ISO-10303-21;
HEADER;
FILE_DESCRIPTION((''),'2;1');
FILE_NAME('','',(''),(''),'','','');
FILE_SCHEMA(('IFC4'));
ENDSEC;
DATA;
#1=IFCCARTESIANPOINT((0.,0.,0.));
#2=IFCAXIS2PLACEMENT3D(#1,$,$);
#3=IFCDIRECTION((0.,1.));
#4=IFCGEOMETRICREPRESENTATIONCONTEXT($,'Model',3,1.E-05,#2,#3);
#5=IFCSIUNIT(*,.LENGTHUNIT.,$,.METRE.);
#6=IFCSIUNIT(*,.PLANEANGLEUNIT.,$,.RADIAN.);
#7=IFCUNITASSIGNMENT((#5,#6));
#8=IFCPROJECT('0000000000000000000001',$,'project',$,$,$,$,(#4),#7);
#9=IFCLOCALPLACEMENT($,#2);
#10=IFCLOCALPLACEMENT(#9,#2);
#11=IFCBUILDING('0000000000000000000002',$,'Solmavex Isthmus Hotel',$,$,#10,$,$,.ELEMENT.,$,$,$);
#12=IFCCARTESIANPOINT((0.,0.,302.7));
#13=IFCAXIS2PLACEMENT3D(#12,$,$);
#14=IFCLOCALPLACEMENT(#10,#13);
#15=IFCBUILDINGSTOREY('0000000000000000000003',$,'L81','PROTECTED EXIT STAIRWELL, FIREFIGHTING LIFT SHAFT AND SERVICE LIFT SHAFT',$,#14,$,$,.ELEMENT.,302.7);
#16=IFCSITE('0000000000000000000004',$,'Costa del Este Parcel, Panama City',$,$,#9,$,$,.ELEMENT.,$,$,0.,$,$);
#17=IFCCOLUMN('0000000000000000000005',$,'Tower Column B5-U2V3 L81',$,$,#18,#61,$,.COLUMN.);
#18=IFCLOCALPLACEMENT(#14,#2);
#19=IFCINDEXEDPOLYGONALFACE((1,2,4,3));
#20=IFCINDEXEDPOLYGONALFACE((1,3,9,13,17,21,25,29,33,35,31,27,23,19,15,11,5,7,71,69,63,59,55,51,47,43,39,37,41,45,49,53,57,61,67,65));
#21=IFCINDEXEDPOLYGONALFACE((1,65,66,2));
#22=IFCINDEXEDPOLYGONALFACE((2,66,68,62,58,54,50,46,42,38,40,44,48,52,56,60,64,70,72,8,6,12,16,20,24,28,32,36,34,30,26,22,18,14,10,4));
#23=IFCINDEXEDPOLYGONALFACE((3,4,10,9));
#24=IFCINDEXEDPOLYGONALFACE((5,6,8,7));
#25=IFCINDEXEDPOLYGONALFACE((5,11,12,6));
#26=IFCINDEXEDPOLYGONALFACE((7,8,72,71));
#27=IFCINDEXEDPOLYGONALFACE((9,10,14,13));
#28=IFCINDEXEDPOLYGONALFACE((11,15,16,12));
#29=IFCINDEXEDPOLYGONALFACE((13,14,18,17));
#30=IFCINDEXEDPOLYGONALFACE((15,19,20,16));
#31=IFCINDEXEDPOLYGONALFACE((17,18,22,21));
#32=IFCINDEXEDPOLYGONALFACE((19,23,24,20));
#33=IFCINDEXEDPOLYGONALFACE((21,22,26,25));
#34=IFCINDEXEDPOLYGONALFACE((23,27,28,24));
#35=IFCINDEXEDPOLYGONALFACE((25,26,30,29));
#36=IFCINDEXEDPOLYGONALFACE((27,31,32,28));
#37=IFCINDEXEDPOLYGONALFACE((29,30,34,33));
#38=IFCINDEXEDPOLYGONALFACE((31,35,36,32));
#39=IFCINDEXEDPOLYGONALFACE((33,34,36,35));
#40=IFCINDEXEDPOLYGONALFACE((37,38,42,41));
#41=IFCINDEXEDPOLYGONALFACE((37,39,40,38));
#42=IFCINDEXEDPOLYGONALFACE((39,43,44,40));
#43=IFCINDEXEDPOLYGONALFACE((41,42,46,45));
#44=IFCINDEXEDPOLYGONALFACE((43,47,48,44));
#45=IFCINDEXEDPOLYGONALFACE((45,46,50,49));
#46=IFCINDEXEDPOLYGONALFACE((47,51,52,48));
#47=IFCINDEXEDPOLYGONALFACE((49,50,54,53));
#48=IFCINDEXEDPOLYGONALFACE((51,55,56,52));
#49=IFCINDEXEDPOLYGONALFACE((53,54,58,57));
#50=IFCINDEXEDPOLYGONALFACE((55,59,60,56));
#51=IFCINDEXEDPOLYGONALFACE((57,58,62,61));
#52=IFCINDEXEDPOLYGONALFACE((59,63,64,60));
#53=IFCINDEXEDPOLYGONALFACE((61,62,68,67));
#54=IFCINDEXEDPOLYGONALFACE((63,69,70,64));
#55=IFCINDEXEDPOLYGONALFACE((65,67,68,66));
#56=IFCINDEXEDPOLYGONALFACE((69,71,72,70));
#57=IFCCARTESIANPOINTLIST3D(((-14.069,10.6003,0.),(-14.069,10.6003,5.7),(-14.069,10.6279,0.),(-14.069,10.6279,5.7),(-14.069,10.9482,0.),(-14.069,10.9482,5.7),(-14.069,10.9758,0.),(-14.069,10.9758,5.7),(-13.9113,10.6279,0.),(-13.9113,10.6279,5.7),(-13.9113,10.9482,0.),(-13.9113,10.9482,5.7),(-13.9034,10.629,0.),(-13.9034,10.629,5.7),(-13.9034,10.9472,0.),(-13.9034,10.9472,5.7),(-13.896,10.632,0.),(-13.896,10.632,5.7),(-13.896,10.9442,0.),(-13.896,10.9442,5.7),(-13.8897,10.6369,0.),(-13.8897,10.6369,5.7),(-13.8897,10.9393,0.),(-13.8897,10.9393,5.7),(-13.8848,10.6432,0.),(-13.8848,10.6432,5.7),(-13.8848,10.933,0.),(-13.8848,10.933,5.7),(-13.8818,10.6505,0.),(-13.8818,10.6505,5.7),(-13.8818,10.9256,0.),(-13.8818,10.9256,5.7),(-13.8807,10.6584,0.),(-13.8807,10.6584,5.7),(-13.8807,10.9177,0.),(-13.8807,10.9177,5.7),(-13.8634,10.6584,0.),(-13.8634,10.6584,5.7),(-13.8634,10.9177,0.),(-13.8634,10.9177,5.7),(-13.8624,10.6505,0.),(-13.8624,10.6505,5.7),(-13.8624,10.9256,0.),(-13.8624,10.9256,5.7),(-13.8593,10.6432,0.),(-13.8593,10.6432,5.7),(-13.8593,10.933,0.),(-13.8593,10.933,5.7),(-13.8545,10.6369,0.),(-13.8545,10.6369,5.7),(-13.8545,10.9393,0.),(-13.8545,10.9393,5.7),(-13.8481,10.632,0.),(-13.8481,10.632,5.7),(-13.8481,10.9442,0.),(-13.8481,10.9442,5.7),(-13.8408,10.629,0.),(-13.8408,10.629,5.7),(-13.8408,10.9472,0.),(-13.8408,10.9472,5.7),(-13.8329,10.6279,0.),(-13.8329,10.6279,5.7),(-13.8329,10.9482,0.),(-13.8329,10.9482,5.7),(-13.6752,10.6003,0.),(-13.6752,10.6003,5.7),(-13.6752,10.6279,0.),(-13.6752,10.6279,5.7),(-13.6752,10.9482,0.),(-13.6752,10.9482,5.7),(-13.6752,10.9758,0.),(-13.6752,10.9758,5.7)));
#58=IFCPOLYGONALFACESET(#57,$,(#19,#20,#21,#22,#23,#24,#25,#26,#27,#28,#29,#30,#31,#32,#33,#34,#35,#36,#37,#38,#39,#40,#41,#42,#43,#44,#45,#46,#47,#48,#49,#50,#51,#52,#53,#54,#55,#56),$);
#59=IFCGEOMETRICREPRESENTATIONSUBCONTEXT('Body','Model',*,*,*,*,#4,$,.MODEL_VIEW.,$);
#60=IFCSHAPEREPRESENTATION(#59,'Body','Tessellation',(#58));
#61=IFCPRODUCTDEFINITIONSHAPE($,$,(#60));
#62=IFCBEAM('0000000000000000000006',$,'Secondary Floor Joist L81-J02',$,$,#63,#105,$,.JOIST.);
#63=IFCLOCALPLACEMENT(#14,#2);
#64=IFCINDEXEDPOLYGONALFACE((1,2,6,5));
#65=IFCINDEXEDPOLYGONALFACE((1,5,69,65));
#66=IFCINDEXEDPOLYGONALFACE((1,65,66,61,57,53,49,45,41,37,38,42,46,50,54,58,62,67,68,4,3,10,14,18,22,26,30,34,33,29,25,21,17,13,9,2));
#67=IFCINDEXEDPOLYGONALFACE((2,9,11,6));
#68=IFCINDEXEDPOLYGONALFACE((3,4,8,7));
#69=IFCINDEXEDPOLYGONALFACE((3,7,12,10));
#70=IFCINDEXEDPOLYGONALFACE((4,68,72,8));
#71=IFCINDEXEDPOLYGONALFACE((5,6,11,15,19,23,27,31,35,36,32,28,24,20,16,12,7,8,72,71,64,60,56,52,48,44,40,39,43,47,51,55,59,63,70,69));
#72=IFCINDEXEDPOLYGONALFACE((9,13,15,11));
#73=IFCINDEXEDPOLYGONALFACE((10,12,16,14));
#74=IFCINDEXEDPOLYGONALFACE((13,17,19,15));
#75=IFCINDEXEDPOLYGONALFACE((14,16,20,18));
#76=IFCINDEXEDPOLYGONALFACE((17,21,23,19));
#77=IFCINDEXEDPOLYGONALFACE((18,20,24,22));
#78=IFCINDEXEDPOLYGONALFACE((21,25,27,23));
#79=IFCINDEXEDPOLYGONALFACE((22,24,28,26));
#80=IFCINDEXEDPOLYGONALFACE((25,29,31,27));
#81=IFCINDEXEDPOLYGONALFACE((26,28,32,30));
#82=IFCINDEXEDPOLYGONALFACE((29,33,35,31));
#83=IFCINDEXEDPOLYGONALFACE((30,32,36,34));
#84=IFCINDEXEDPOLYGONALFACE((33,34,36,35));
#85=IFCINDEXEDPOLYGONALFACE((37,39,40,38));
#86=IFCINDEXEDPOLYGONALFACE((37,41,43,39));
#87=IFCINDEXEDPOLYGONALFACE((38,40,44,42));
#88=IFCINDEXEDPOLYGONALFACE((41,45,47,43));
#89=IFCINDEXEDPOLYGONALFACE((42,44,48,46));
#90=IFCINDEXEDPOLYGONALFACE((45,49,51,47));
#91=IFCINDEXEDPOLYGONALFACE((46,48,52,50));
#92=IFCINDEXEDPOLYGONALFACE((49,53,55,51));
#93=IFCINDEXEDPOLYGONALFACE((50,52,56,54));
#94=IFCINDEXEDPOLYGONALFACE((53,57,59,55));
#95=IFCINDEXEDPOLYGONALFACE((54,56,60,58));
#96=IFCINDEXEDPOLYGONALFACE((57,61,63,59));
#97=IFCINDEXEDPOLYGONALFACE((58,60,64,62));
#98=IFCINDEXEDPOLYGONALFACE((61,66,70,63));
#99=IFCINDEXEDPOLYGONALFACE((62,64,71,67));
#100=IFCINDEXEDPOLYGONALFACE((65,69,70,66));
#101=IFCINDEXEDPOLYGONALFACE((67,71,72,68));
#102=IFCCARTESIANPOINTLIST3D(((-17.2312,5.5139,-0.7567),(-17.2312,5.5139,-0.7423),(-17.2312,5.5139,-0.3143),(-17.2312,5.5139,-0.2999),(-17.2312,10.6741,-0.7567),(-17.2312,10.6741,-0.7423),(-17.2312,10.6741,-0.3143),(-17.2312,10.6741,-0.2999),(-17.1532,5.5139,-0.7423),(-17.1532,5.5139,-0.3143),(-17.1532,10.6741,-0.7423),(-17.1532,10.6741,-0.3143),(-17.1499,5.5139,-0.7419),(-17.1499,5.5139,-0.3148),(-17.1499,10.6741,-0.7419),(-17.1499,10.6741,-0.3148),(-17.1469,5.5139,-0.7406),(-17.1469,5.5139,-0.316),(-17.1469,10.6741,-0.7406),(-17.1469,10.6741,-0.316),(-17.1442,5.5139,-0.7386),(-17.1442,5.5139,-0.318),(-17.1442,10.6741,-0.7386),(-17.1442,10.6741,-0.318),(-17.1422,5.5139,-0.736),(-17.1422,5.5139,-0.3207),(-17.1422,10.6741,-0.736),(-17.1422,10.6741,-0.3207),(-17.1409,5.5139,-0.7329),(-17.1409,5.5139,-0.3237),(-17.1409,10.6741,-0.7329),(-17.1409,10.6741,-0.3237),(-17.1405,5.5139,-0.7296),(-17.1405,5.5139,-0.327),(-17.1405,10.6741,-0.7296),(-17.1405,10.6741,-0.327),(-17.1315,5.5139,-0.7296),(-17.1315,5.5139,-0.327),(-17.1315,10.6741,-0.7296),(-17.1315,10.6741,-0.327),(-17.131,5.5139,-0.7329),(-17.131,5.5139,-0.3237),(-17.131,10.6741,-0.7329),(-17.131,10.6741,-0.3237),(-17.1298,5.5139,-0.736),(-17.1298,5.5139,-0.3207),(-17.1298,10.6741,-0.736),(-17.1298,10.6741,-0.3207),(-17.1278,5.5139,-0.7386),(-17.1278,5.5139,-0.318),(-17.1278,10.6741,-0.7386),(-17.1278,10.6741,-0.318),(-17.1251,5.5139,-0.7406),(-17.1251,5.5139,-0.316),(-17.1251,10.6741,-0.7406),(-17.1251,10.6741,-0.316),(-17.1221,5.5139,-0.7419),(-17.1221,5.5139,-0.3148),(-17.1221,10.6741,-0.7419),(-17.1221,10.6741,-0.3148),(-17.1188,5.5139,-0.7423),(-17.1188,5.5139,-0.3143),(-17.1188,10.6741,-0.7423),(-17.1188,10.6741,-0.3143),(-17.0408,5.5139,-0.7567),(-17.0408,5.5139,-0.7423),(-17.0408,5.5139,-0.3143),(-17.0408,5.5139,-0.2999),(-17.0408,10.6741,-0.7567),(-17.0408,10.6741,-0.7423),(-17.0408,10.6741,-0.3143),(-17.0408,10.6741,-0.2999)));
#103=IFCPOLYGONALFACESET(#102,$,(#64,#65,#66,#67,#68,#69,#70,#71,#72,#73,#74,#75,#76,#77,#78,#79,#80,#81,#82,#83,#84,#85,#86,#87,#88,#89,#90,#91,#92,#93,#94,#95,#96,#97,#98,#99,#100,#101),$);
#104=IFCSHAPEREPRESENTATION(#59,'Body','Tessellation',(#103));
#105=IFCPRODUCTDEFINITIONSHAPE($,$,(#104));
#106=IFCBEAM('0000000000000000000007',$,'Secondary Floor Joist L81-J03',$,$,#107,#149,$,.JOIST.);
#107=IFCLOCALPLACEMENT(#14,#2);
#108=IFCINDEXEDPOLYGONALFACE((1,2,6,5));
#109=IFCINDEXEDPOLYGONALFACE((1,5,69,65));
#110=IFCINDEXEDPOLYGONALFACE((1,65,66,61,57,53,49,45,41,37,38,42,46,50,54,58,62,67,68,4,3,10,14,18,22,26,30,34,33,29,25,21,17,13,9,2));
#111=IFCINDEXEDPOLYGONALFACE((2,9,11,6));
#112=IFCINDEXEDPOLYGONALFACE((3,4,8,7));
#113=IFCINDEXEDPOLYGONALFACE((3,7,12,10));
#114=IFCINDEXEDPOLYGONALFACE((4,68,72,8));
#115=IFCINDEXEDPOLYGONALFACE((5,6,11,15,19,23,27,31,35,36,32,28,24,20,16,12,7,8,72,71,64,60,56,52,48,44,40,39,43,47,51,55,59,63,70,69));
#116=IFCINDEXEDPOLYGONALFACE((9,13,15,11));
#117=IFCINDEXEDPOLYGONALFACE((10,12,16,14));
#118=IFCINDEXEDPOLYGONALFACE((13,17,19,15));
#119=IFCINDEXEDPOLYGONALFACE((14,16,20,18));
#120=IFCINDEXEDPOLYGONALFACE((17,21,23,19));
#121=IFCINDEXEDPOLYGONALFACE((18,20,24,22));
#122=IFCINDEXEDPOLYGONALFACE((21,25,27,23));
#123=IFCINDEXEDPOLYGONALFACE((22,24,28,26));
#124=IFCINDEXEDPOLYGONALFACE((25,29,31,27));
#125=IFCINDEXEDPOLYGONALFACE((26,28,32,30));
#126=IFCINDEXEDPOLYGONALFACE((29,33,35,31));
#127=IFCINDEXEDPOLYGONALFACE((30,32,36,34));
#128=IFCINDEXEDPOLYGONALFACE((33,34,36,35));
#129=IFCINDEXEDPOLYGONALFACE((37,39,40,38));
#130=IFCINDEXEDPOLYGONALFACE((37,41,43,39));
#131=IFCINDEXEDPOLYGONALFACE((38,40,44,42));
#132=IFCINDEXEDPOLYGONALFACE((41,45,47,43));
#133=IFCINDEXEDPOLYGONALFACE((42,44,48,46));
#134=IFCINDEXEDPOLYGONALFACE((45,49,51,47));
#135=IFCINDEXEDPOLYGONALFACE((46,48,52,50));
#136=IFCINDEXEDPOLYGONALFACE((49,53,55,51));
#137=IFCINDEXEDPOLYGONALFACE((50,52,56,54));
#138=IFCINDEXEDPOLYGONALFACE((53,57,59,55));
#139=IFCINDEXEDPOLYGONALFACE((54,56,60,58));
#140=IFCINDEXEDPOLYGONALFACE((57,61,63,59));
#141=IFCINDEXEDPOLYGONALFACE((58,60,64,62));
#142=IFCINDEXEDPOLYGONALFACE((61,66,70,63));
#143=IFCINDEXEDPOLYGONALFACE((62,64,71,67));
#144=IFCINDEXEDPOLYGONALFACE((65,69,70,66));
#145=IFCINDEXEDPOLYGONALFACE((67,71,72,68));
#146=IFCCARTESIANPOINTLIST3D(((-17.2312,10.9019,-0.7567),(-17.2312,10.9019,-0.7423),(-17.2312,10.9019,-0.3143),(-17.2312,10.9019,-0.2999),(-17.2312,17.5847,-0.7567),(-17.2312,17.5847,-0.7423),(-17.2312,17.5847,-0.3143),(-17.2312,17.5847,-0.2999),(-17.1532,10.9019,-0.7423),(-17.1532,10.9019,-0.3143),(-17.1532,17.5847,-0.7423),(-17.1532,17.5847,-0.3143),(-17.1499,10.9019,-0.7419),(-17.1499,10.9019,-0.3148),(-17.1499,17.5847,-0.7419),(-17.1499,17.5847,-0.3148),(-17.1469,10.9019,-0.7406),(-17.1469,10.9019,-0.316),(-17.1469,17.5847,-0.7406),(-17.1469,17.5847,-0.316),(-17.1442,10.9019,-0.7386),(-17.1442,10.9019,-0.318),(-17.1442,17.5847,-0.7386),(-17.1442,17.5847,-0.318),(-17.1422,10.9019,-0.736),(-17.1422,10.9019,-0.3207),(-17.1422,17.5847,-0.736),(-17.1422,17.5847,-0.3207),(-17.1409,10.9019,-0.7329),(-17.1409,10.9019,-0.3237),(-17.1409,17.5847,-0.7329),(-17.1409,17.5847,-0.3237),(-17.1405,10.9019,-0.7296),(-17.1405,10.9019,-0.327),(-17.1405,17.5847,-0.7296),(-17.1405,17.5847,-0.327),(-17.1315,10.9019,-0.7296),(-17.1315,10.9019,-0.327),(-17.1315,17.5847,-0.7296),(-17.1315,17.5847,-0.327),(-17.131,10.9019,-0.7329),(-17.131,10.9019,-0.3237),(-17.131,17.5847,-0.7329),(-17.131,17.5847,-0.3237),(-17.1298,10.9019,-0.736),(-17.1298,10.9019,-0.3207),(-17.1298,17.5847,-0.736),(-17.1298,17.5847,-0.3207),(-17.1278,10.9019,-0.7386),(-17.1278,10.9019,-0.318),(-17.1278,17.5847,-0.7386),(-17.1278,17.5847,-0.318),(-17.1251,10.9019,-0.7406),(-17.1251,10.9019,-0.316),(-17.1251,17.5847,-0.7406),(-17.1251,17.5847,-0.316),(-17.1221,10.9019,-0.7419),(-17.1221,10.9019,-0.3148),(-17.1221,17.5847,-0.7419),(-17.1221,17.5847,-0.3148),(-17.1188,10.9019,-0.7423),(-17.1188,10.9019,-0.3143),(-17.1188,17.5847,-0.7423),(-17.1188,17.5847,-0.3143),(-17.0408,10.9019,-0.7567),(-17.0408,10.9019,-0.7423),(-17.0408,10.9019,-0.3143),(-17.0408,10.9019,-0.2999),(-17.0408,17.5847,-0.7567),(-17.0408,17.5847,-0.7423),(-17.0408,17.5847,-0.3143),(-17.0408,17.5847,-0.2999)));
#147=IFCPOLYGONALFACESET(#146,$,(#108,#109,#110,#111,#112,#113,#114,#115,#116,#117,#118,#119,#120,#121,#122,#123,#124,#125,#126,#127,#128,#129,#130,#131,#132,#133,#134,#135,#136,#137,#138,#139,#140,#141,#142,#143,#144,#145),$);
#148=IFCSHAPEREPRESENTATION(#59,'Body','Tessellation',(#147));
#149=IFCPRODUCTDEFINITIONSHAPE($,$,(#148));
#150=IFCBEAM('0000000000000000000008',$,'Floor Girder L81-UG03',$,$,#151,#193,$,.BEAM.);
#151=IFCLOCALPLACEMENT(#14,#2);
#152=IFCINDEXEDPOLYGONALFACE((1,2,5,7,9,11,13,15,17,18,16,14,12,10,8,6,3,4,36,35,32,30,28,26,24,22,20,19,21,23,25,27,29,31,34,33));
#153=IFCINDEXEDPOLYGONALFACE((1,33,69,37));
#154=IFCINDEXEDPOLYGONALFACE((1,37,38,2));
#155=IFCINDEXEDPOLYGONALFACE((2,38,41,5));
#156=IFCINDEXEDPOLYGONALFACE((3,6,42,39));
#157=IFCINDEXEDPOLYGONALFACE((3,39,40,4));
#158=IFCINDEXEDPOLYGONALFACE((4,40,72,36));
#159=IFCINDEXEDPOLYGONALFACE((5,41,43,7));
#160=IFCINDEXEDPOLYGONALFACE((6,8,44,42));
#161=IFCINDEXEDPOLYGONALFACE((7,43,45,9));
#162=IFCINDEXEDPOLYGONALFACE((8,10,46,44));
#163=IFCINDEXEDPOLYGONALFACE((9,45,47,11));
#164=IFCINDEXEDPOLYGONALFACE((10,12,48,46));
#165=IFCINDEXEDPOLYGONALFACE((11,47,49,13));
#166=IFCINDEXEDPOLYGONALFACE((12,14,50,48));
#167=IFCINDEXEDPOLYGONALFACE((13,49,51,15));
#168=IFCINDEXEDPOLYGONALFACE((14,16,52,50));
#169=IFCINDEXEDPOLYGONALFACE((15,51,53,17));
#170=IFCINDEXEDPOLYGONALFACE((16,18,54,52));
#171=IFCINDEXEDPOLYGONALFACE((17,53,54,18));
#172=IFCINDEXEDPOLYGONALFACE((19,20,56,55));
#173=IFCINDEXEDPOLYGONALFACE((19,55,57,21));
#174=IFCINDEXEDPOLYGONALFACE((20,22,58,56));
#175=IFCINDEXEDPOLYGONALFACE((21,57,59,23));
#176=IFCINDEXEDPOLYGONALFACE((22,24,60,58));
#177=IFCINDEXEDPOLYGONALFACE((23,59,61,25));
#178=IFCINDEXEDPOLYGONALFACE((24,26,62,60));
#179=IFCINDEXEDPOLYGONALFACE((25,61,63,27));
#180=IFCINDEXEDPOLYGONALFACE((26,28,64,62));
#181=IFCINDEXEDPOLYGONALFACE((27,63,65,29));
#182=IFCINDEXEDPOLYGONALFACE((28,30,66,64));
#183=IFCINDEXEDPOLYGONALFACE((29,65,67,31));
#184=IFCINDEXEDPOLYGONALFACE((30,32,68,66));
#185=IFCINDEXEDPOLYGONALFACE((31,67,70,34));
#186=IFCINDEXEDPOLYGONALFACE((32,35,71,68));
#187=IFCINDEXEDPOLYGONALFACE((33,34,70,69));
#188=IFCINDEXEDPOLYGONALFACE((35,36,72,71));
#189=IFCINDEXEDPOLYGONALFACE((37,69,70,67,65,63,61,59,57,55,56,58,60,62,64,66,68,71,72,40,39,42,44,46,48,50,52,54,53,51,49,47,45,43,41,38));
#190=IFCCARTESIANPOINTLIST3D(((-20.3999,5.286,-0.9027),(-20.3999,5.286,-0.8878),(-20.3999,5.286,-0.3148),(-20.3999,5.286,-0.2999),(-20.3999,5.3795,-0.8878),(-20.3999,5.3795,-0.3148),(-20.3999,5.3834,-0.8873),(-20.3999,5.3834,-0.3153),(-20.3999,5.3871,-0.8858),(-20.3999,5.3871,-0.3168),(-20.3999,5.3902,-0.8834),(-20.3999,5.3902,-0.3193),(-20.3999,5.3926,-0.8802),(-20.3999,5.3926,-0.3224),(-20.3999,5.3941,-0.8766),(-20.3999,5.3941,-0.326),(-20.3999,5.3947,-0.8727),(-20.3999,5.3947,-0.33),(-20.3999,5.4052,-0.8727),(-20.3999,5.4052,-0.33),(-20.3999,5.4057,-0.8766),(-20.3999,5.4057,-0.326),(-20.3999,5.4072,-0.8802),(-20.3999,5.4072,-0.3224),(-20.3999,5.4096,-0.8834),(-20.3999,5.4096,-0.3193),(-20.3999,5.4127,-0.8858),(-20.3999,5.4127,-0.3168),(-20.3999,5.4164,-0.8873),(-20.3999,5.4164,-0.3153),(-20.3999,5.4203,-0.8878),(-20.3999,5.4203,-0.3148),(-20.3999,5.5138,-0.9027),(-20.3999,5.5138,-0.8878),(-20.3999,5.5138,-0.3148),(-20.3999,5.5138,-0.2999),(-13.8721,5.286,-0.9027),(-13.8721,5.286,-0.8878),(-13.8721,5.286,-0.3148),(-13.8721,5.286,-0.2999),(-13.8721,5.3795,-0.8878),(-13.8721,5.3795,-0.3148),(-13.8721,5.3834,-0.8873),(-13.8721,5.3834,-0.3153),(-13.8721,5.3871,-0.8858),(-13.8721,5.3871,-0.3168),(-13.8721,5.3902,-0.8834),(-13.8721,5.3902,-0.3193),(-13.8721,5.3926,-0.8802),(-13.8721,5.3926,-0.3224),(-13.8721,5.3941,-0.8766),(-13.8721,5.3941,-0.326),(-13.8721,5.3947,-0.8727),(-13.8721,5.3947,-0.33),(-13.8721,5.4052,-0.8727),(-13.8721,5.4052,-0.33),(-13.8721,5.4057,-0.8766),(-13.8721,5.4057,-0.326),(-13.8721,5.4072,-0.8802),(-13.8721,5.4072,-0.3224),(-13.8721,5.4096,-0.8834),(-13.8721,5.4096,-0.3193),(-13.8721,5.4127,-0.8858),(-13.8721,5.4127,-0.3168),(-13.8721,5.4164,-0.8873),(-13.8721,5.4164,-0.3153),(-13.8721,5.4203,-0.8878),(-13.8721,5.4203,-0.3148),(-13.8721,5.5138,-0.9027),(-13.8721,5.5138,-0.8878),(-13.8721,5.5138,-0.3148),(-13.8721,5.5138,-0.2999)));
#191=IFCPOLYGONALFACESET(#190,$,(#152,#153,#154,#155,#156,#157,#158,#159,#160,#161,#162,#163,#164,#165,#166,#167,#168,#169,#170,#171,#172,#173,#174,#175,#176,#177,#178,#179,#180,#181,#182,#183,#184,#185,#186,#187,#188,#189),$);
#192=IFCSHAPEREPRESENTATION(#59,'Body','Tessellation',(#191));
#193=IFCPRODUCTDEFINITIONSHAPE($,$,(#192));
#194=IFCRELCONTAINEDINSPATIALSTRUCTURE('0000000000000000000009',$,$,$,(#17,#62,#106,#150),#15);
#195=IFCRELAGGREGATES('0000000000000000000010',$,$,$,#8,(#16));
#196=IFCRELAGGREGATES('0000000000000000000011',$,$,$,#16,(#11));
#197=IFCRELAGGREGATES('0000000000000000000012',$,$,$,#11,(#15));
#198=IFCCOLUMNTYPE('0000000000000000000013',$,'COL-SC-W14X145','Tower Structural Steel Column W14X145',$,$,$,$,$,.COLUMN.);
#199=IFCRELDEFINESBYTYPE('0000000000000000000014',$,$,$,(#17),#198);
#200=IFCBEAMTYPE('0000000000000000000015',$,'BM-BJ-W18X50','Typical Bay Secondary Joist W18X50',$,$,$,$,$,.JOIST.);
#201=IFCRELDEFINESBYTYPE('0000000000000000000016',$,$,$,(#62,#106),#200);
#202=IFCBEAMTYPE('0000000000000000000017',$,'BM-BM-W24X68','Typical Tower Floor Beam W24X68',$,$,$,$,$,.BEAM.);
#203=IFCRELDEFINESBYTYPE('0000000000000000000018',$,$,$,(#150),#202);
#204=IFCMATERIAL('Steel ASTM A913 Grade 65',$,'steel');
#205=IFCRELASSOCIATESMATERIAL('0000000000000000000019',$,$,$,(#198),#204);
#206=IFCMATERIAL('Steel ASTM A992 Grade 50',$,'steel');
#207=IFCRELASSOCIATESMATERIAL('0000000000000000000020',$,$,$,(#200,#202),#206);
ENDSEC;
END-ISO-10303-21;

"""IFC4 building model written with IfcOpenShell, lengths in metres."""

from ifc_helpers import new_model, si_unit, direction, frame, origin, origin_2d, place, context, subcontext, project, spatial, i_section, extrude, material, material_profile, profile_set, type_object, element, save


model = new_model("IFC4")

# Units and contexts
model_context = context("Model", 3, precision=1e-05, world=origin(), true_north=direction((0.0, 1.0)))
body_context = subcontext(model_context, "Body", "Model", "MODEL_VIEW")
ifc_project = project(units=[si_unit("LENGTHUNIT", "METRE"), si_unit("PLANEANGLEUNIT", "RADIAN")], contexts=[model_context])

# Site, building, storey
site_placement = place(None, origin())
site = spatial("IfcSite", under=ifc_project, at=site_placement, Name="Costa del Este Parcel, Panama City", CompositionType="ELEMENT", RefElevation=0.0)
building_placement = place(site_placement, origin())
building = spatial("IfcBuilding", under=site, at=building_placement, Name="Solmavex Isthmus Hotel", CompositionType="ELEMENT")
storey_placement = place(building_placement, frame((0.0, 0.0, 302.7)))
storey = spatial("IfcBuildingStorey", under=building, at=storey_placement, Name="L81", Description="PROTECTED EXIT STAIRWELL, FIREFIGHTING LIFT SHAFT AND SERVICE LIFT SHAFT", CompositionType="ELEMENT", Elevation=302.7)

# Column
ifc_material_1 = material(Name="Steel ASTM A913 Grade 65", Category="steel")
ifc_material_profile_1 = material_profile(ifc_material_1, i_section(OverallWidth=0.3938, OverallDepth=0.3755, WebThickness=0.0173, FlangeThickness=0.0276, FilletRadius=0.0305, at=origin_2d()), Name="W14X145")
ifc_profile_set_1 = profile_set([ifc_material_profile_1], Name="Steel ASTM A913 Grade 65")
column_type = type_object("IfcColumnType", Name="COL-SC-W14X145", Description="Tower Structural Steel Column W14X145", PredefinedType="COLUMN", material=ifc_profile_set_1)
for number, where, z_axis, x_axis, name in (
    (1, (-13.8721, 10.7881, 0.0), (0.0, 0.0, 1.0), (1.0, 0.0, 0.0), "Tower Column B5-U2V3 L81"),
):
    element("IfcColumn", number, at=place(storey_placement, frame(where, z_axis=z_axis, x_axis=x_axis)), inside=storey, type_object=column_type, Name=name, PredefinedType="COLUMN", context=body_context, shape_type="SweptSolid", body=[
        extrude(i_section(OverallWidth=0.3938, OverallDepth=0.3755, WebThickness=0.0173, FlangeThickness=0.0276, FilletRadius=0.0305, at=origin_2d()), origin(), (0.0, 0.0, 1.0), 5.7),
    ])

# Beams
ifc_material_2 = material(Name="Steel ASTM A992 Grade 50", Category="steel")
ifc_material_profile_2 = material_profile(ifc_material_2, i_section(OverallWidth=0.1904, OverallDepth=0.4568, WebThickness=0.009, FlangeThickness=0.0144, FilletRadius=0.0127, at=origin_2d()), Name="W18X50")
ifc_profile_set_2 = profile_set([ifc_material_profile_2], Name="Steel ASTM A992 Grade 50")
beam_type_1 = type_object("IfcBeamType", Name="BM-BJ-W18X50", Description="Typical Bay Secondary Joist W18X50", PredefinedType="JOIST", material=ifc_profile_set_2)
beam_1_placement = place(storey_placement, frame((-17.136, 5.5139, -0.5283), z_axis=(0.0, 1.0, 0.0), x_axis=(-1.0, 0.0, 0.0)))
element("IfcBeam", 2, at=beam_1_placement, inside=storey, type_object=beam_type_1, Name="Secondary Floor Joist L81-J02", PredefinedType="JOIST", context=body_context, shape_type="SweptSolid", body=[
    extrude(i_section(OverallWidth=0.1904, OverallDepth=0.4568, WebThickness=0.009, FlangeThickness=0.0144, FilletRadius=0.0127, at=origin_2d()), origin(), (0.0, 0.0, 1.0), 5.1602),
])
beam_2_placement = place(storey_placement, frame((-17.136, 10.9019, -0.5283), z_axis=(0.0, 1.0, 0.0), x_axis=(-1.0, 0.0, 0.0)))
element("IfcBeam", 3, at=beam_2_placement, inside=storey, type_object=beam_type_1, Name="Secondary Floor Joist L81-J03", PredefinedType="JOIST", context=body_context, shape_type="SweptSolid", body=[
    extrude(i_section(OverallWidth=0.1904, OverallDepth=0.4568, WebThickness=0.009, FlangeThickness=0.0144, FilletRadius=0.0127, at=origin_2d()), origin(), (0.0, 0.0, 1.0), 6.6829),
])
ifc_material_profile_3 = material_profile(ifc_material_2, i_section(OverallWidth=0.2278, OverallDepth=0.6028, WebThickness=0.0105, FlangeThickness=0.0149, FilletRadius=0.0151, at=origin_2d()), Name="W24X68")
ifc_profile_set_3 = profile_set([ifc_material_profile_3], Name="Steel ASTM A992 Grade 50")
beam_type_2 = type_object("IfcBeamType", Name="BM-BM-W24X68", Description="Typical Tower Floor Beam W24X68", PredefinedType="BEAM", material=ifc_profile_set_3)
beam_3_placement = place(storey_placement, frame((-20.3999, 5.3999, -0.6013), z_axis=(1.0, 0.0, 0.0), x_axis=(0.0, 1.0, 0.0)))
element("IfcBeam", 4, at=beam_3_placement, inside=storey, type_object=beam_type_2, Name="Floor Girder L81-UG03", PredefinedType="BEAM", context=body_context, shape_type="SweptSolid", body=[
    extrude(i_section(OverallWidth=0.2278, OverallDepth=0.6028, WebThickness=0.0105, FlangeThickness=0.0149, FilletRadius=0.0151, at=origin_2d()), origin(), (0.0, 0.0, 1.0), 6.5278),
])

save(model, "model.ifc")
